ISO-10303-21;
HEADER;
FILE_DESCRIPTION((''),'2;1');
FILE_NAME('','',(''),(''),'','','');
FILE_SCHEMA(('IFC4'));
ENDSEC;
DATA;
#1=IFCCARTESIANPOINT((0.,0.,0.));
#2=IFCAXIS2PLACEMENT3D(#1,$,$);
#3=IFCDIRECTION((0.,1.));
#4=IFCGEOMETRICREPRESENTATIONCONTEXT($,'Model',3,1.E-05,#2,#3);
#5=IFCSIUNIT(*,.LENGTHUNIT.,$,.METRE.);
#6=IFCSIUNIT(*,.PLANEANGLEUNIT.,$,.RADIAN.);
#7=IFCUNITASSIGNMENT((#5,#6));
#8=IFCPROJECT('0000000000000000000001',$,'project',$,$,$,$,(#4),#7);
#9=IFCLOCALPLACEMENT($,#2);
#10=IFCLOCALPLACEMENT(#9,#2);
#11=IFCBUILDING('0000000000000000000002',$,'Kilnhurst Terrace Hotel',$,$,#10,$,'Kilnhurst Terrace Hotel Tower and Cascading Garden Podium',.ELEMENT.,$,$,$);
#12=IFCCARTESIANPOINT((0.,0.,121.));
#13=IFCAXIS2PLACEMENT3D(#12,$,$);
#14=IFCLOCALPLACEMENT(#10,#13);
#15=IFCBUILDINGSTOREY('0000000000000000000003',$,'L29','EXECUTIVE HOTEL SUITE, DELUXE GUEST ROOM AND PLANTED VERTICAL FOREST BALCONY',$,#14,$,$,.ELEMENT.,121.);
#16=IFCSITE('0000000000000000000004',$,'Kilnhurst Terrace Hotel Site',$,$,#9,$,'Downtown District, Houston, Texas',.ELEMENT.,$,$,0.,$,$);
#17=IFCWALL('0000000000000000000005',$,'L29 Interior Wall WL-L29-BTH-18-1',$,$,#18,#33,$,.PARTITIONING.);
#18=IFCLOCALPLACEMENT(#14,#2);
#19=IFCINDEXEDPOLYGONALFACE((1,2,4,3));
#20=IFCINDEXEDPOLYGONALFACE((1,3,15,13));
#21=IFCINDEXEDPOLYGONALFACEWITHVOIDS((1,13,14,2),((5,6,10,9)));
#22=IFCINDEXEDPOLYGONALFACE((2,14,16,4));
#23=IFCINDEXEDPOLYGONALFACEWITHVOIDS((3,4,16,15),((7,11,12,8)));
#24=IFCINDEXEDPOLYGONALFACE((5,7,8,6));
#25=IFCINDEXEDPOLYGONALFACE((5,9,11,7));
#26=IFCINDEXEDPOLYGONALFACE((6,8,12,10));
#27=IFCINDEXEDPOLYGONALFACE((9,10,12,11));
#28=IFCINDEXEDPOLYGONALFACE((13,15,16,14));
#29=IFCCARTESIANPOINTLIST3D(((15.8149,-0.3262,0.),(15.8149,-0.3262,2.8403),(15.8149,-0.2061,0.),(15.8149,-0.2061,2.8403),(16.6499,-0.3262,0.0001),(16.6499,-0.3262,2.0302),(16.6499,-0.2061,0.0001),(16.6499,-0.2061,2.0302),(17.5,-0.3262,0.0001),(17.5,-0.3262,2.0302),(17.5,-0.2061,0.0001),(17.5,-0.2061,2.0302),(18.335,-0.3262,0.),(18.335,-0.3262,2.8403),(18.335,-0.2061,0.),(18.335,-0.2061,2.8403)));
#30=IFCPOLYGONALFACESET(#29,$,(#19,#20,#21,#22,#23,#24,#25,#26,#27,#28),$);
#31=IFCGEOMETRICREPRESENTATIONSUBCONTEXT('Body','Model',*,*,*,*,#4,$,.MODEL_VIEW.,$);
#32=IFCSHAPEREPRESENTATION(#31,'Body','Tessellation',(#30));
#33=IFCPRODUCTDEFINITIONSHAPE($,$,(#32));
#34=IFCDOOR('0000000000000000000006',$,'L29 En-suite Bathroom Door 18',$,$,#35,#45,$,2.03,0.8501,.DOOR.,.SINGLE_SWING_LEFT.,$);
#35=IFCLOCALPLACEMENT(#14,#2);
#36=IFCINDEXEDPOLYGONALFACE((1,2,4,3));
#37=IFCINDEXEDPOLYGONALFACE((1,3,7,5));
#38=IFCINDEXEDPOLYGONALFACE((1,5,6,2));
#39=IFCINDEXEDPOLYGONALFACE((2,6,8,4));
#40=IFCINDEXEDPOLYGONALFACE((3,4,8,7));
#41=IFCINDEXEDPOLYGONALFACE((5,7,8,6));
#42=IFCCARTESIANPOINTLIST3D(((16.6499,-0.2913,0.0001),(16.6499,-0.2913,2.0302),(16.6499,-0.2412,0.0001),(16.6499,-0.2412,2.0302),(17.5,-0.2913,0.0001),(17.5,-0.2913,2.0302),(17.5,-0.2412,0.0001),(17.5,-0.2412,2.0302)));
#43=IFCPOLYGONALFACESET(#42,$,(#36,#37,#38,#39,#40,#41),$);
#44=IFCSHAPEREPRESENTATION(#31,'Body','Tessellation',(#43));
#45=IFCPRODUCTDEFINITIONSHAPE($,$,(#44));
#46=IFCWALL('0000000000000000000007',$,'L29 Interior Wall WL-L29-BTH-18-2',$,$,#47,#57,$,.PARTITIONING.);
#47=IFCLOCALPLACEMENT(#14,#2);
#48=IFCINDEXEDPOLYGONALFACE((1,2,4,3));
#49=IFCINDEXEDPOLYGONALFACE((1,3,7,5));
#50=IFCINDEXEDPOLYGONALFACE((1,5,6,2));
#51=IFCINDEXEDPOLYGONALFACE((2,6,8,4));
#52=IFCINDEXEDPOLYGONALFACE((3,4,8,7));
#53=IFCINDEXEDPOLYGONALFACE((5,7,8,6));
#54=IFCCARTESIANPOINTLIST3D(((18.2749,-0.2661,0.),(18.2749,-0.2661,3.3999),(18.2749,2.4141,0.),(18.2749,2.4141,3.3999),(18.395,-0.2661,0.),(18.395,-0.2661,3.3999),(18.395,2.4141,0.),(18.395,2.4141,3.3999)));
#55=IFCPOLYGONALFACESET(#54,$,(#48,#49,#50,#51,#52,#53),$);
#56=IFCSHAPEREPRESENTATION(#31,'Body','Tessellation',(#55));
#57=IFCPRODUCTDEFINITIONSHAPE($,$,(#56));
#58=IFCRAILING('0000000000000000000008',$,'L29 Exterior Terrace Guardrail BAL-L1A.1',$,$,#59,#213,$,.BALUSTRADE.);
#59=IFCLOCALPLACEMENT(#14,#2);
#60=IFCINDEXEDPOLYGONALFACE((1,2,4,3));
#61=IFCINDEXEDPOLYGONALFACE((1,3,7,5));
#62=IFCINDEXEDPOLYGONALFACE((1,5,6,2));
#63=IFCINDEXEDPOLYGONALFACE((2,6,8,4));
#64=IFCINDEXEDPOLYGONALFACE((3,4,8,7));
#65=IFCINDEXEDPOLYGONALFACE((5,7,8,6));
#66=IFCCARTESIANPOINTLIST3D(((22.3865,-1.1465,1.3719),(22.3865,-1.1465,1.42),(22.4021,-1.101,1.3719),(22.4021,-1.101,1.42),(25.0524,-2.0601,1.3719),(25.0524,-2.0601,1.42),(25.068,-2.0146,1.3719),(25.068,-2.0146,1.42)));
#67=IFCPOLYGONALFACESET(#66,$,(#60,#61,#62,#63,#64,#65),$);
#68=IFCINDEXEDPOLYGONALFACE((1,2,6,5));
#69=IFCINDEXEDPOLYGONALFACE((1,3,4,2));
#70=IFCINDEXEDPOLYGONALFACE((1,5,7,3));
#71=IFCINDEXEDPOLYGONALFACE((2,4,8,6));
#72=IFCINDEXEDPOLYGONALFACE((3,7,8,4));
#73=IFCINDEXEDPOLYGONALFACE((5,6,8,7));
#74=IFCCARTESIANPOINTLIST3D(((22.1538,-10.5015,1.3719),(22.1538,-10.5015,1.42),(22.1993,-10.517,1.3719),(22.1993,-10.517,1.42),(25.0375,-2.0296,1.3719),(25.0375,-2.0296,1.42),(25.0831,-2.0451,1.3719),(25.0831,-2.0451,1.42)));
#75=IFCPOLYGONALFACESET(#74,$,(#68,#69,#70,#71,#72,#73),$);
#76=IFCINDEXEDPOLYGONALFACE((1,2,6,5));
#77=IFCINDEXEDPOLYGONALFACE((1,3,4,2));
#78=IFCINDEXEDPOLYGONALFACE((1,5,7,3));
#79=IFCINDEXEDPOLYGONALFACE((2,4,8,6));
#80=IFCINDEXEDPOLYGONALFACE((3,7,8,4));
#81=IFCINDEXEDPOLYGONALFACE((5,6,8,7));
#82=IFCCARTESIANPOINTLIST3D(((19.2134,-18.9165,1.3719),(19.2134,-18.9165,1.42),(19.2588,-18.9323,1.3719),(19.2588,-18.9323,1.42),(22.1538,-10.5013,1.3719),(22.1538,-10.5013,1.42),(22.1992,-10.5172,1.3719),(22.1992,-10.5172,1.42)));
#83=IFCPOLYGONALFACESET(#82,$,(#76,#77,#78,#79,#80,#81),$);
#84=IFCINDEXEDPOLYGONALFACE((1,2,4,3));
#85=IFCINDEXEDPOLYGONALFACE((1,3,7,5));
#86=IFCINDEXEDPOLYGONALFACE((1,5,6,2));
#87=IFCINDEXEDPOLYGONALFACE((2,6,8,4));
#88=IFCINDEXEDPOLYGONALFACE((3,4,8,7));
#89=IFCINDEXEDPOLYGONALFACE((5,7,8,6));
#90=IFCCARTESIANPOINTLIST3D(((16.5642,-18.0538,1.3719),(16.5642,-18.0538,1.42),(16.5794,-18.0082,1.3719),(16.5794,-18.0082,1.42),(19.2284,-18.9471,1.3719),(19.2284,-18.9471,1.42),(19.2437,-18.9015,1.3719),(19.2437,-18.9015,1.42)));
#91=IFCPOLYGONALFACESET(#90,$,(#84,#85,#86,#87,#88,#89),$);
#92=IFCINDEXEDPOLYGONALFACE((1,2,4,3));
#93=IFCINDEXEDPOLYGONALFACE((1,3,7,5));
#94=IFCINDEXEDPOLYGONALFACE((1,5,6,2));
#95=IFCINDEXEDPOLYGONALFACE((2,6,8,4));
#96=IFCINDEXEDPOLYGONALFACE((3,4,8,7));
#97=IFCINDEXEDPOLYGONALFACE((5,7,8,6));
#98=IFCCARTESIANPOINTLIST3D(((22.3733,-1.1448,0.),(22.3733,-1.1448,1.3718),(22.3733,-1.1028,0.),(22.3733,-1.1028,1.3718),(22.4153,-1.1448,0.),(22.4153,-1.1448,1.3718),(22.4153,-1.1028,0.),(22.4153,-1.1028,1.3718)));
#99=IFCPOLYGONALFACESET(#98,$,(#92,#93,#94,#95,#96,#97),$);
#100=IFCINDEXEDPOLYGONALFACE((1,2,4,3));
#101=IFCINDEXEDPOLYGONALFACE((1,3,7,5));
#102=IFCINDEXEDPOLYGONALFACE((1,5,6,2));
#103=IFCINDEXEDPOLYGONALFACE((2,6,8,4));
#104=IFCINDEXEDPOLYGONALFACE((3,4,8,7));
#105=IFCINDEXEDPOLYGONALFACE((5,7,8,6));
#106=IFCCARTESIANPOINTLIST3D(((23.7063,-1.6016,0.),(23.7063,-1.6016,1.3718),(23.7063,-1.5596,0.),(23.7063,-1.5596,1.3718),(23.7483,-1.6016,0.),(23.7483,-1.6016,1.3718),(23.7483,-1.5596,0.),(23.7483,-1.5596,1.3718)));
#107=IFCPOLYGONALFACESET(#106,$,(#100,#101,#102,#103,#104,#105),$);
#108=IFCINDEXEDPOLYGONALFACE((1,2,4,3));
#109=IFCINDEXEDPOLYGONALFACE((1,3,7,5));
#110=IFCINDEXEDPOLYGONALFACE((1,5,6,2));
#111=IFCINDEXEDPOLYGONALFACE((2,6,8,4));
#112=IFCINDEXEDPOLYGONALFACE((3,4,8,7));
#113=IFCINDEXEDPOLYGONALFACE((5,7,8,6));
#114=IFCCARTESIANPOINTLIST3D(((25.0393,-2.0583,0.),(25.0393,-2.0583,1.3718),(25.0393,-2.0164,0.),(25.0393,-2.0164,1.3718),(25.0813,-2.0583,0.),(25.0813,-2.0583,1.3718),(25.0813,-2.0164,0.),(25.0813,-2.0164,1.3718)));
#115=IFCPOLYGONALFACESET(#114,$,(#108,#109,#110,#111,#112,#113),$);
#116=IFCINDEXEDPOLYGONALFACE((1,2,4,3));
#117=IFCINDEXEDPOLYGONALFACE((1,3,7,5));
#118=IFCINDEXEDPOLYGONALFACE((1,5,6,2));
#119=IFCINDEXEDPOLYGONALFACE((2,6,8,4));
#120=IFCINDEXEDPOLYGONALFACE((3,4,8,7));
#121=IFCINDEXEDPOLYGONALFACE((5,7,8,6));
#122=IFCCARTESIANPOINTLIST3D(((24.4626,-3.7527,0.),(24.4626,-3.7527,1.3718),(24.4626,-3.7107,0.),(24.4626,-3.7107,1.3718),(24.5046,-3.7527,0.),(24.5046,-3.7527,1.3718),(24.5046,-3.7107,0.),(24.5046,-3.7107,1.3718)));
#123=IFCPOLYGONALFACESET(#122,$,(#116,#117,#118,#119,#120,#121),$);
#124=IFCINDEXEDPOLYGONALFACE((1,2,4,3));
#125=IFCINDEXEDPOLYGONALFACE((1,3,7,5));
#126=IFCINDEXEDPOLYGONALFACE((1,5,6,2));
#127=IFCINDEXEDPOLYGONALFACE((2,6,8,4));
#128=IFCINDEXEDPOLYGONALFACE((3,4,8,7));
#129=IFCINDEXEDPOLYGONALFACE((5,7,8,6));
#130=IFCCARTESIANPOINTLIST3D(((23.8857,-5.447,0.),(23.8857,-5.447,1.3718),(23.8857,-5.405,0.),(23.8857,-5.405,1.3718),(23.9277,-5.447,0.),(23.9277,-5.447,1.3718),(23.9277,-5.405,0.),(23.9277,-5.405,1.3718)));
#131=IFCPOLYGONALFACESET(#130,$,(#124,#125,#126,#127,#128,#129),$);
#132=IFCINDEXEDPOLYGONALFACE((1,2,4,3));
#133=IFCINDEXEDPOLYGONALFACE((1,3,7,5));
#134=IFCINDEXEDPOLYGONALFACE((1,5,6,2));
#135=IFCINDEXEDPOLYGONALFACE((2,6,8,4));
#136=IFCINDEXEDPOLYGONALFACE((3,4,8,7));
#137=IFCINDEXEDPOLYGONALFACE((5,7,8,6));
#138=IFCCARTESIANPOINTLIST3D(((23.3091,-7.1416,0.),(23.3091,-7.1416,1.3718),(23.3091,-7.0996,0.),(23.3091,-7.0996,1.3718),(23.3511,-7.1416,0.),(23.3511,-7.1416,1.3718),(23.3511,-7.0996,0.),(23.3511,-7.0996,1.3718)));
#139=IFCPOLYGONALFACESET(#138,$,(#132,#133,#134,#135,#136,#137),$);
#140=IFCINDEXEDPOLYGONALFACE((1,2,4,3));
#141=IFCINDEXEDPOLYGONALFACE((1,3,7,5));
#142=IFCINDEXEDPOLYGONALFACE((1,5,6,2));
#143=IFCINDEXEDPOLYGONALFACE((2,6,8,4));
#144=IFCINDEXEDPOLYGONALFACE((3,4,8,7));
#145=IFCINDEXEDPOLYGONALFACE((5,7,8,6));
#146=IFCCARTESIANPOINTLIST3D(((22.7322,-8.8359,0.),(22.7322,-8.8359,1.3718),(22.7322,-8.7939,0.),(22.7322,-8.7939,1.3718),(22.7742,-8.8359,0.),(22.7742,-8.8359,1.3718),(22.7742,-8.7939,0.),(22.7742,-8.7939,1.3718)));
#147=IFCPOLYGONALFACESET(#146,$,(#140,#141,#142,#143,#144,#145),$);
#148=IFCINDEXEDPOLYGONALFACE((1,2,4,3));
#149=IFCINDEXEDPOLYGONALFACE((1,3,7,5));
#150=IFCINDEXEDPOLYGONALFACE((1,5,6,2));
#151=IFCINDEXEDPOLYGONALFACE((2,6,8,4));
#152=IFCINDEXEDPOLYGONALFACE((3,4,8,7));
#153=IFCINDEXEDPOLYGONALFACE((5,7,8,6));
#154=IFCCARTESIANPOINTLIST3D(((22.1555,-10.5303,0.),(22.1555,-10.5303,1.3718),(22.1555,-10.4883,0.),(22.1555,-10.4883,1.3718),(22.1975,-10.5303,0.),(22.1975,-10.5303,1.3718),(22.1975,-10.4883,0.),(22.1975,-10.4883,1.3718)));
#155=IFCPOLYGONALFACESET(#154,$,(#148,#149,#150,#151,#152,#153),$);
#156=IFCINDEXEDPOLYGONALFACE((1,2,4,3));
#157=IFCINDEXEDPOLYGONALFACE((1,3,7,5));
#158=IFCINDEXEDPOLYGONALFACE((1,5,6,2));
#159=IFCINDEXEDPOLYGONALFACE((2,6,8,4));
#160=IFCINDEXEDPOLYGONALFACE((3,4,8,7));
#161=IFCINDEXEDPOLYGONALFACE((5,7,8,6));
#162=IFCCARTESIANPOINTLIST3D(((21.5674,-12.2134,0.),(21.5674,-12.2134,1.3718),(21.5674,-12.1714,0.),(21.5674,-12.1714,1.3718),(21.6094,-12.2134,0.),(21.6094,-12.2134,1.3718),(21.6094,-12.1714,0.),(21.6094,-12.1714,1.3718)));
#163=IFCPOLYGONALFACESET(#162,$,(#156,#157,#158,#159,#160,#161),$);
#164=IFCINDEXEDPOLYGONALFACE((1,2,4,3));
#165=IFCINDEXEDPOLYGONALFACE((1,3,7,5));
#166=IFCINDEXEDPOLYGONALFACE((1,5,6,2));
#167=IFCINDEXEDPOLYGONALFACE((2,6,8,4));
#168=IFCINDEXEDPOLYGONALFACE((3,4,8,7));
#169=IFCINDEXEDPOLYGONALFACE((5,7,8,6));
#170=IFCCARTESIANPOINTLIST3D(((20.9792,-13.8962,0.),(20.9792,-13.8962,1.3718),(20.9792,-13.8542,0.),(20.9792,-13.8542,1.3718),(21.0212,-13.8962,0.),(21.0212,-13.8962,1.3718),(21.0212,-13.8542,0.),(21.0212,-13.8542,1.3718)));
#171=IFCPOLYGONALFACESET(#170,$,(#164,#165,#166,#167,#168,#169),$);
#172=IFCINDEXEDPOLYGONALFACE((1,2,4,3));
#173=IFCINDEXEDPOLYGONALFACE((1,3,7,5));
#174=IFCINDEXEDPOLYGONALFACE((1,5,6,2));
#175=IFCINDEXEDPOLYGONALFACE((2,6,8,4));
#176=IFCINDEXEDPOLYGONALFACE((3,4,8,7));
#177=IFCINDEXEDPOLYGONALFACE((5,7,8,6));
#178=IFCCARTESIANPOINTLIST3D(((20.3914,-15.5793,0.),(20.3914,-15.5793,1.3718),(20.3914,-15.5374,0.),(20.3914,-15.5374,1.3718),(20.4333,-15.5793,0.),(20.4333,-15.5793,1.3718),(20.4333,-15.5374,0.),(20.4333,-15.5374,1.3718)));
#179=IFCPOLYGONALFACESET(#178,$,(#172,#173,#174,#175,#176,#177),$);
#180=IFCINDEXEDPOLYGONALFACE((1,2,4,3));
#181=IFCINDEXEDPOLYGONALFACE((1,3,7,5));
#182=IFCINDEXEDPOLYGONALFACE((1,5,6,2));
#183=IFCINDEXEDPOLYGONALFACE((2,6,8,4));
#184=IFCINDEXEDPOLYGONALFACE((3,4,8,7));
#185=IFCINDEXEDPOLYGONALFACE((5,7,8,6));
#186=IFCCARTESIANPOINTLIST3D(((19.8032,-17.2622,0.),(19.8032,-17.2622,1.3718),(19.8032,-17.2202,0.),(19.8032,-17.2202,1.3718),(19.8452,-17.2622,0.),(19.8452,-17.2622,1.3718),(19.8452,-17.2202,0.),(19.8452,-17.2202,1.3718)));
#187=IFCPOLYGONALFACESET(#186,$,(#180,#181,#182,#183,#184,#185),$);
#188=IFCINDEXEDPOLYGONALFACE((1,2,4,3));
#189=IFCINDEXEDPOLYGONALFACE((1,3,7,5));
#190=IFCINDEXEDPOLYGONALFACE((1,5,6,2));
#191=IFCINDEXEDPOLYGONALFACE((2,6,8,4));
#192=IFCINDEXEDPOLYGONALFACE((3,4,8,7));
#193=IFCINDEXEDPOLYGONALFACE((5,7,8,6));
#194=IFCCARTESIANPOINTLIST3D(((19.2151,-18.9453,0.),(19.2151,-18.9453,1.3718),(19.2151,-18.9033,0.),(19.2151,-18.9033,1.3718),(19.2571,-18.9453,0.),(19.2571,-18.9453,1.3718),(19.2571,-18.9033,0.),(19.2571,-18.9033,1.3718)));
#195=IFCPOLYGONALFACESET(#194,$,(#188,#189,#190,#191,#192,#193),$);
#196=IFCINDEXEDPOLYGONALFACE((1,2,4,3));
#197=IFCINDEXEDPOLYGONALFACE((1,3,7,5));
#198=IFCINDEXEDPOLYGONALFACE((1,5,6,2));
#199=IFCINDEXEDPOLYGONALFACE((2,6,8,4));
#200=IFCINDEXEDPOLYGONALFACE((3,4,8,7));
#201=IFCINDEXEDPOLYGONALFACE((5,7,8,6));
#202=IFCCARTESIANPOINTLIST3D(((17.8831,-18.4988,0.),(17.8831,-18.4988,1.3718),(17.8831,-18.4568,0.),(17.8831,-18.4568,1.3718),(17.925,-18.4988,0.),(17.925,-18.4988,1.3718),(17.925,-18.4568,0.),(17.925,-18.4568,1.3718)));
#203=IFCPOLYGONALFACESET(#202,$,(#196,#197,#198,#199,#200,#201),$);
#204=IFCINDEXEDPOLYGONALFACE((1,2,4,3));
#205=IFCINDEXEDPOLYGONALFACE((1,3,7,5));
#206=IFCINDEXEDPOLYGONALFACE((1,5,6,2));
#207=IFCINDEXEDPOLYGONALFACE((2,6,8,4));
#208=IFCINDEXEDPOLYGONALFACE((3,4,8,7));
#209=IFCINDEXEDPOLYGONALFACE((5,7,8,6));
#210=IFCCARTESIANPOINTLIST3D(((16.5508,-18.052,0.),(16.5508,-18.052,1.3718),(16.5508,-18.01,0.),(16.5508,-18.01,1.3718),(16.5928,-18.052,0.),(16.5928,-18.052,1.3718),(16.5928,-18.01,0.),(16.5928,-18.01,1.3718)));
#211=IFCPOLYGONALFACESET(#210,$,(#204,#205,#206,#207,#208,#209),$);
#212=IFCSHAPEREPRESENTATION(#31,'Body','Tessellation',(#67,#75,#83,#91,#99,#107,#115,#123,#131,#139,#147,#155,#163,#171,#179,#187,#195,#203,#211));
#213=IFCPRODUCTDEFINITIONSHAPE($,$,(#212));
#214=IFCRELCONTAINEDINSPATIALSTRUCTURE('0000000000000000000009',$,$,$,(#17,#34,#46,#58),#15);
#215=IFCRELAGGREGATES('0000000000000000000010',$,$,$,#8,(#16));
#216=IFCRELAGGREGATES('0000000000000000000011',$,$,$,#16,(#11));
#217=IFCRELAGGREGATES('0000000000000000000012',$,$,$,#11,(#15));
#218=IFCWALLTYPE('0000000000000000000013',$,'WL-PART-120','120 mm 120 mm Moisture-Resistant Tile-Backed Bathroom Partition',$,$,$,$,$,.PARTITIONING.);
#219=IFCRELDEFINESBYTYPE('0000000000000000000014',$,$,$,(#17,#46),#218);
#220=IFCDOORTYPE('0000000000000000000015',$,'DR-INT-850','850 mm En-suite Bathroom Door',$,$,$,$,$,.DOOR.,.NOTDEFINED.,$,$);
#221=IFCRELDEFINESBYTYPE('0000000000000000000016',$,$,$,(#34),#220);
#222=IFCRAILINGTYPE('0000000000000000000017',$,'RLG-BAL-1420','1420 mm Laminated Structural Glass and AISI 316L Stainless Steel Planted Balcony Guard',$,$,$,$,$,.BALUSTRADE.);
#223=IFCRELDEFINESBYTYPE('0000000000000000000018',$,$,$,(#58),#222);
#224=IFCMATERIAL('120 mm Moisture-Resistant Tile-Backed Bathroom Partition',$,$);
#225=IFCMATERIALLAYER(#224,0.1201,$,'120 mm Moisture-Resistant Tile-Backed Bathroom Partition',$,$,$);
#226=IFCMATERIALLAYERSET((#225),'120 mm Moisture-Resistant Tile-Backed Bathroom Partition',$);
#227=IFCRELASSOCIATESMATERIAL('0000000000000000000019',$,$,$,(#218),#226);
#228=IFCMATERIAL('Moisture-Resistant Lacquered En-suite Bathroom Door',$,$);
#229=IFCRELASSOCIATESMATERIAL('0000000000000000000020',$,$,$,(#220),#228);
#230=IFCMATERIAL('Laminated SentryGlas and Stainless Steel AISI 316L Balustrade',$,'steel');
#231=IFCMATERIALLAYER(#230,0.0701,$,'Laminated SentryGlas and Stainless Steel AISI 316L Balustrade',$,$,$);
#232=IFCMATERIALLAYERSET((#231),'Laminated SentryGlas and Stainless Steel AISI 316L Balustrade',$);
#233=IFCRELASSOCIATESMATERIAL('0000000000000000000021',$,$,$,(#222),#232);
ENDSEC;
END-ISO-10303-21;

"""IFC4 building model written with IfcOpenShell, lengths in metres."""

from ifc_helpers import new_model, si_unit, direction, frame, frame_2d, origin, origin_2d, place, context, subcontext, project, spatial, rectangle, extrude, material, layer, layer_set, type_object, element, fill, save


model = new_model("IFC4")

# Units and contexts
model_context = context("Model", 3, precision=1e-05, world=origin(), true_north=direction((0.0, 1.0)))
body_context = subcontext(model_context, "Body", "Model", "MODEL_VIEW")
ifc_project = project(units=[si_unit("LENGTHUNIT", "METRE"), si_unit("PLANEANGLEUNIT", "RADIAN")], contexts=[model_context])

# Site, building, storey
site_placement = place(None, origin())
site = spatial("IfcSite", under=ifc_project, at=site_placement, Name="Kilnhurst Terrace Hotel Site", LongName="Downtown District, Houston, Texas", CompositionType="ELEMENT", RefElevation=0.0)
building_placement = place(site_placement, origin())
building = spatial("IfcBuilding", under=site, at=building_placement, Name="Kilnhurst Terrace Hotel", LongName="Kilnhurst Terrace Hotel Tower and Cascading Garden Podium", CompositionType="ELEMENT")
storey_placement = place(building_placement, frame((0.0, 0.0, 121.0)))
storey = spatial("IfcBuildingStorey", under=building, at=storey_placement, Name="L29", Description="EXECUTIVE HOTEL SUITE, DELUXE GUEST ROOM AND PLANTED VERTICAL FOREST BALCONY", CompositionType="ELEMENT", Elevation=121.0)

# Shared definitions
ifc_material_1 = material(Name="120 mm Moisture-Resistant Tile-Backed Bathroom Partition")
ifc_layer_1 = layer(ifc_material_1, 0.1201, Name="120 mm Moisture-Resistant Tile-Backed Bathroom Partition")
ifc_layer_set_1 = layer_set([ifc_layer_1], Name="120 mm Moisture-Resistant Tile-Backed Bathroom Partition")
wall_type_1 = type_object("IfcWallType", Name="WL-PART-120", Description="120 mm 120 mm Moisture-Resistant Tile-Backed Bathroom Partition", PredefinedType="PARTITIONING", material=ifc_layer_set_1)

# Wall, opening, door
wall_1_placement = place(storey_placement, frame((15.8149, -0.2661, 0.0), z_axis=(0.0, 0.0, 1.0), x_axis=(1.0, 0.0, 0.0)))
wall_1 = element("IfcWall", 1, at=wall_1_placement, inside=storey, type_object=wall_type_1, Name="L29 Interior Wall WL-L29-BTH-18-1", PredefinedType="PARTITIONING", context=body_context, shape_type="SweptSolid", body=[
    extrude(rectangle(XDim=2.52, YDim=0.1201, at=frame_2d((1.26, 0.0))), origin(), (0.0, 0.0, 1.0), 2.8403),
])
opening_1_placement = place(wall_1_placement, frame((0.835, 0.0, 0.0)))
opening_1 = element("IfcOpeningElement", 2, at=opening_1_placement, cuts=wall_1, PredefinedType="OPENING", context=body_context, shape_type="SweptSolid", body=[
    extrude(rectangle(XDim=0.8501, YDim=2.03, at=frame_2d((0.425, 1.0151))), frame((0.0, 0.0701, 0.0), z_axis=(0.0, -1.0, 0.0), x_axis=(1.0, 0.0, 0.0)), (0.0, 0.0, 1.0), 0.1401),
])
ifc_material_2 = material(Name="Moisture-Resistant Lacquered En-suite Bathroom Door")
door_type_1 = type_object("IfcDoorType", Name="DR-INT-850", Description="850 mm En-suite Bathroom Door", OperationType="NOTDEFINED", PredefinedType="DOOR", material=ifc_material_2)
door_1_placement = place(opening_1_placement, origin())
door_1 = element("IfcDoor", 3, at=door_1_placement, inside=storey, type_object=door_type_1, Name="L29 En-suite Bathroom Door 18", OperationType="SINGLE_SWING_LEFT", OverallHeight=2.03, OverallWidth=0.8501, PredefinedType="DOOR", context=body_context, shape_type="SweptSolid", body=[
    extrude(rectangle(XDim=0.8501, YDim=2.03, at=frame_2d((0.425, 1.0151))), frame((0.0, 0.0249, 0.0), z_axis=(0.0, -1.0, 0.0), x_axis=(1.0, 0.0, 0.0)), (0.0, 0.0, 1.0), 0.05),
])
fill(opening_1, door_1)

# Wall
wall_2_placement = place(storey_placement, frame((18.335, -0.2661, 0.0), z_axis=(0.0, 0.0, 1.0), x_axis=(0.0, 1.0, 0.0)))
element("IfcWall", 4, at=wall_2_placement, inside=storey, type_object=wall_type_1, Name="L29 Interior Wall WL-L29-BTH-18-2", PredefinedType="PARTITIONING", context=body_context, shape_type="SweptSolid", body=[
    extrude(rectangle(XDim=2.6802, YDim=0.1201, at=frame_2d((1.3401, 0.0))), origin(), (0.0, 0.0, 1.0), 3.3999),
])

# Railing
ifc_material_3 = material(Name="Laminated SentryGlas and Stainless Steel AISI 316L Balustrade", Category="steel")
ifc_layer_2 = layer(ifc_material_3, 0.0701, Name="Laminated SentryGlas and Stainless Steel AISI 316L Balustrade")
ifc_layer_set_2 = layer_set([ifc_layer_2], Name="Laminated SentryGlas and Stainless Steel AISI 316L Balustrade")
railing_type = type_object("IfcRailingType", Name="RLG-BAL-1420", Description="1420 mm Laminated Structural Glass and AISI 316L Stainless Steel Planted Balcony Guard", PredefinedType="BALUSTRADE", material=ifc_layer_set_2)
railing_placement = place(storey_placement, frame((22.3943, -1.1238, 0.0)))
element("IfcRailing", 5, at=railing_placement, inside=storey, type_object=railing_type, Name="L29 Exterior Terrace Guardrail BAL-L1A.1", PredefinedType="BALUSTRADE", context=body_context, shape_type="SweptSolid", body=[
    extrude(rectangle(XDim=0.0481, YDim=0.0481, at=origin_2d()), frame((0.0, 0.0, 1.396), z_axis=(0.945999, -0.324169, 0.0), x_axis=(0.324169, 0.945999, 0.0)), (0.0, 0.0, 1.0), 2.8181),
    extrude(rectangle(XDim=0.0481, YDim=0.0481, at=origin_2d()), frame((2.666, -0.9136, 1.396), z_axis=(-0.322237, -0.946659, 0.0), x_axis=(0.946659, -0.322237, 0.0)), (0.0, 0.0, 1.0), 8.9492),
    extrude(rectangle(XDim=0.0481, YDim=0.0481, at=origin_2d()), frame((-0.2178, -9.3855, 1.396), z_axis=(-0.329867, -0.944027, 0.0), x_axis=(0.944027, -0.329867, 0.0)), (0.0, 0.0, 1.0), 8.9141),
    extrude(rectangle(XDim=0.0481, YDim=0.0481, at=origin_2d()), frame((-3.1582, -17.8005, 1.396), z_axis=(-0.948126, 0.317895, 0.0), x_axis=(-0.317895, -0.948126, 0.0)), (0.0, 0.0, 1.0), 2.8101),
    extrude(rectangle(XDim=0.042, YDim=0.042, at=origin_2d()), origin(), (0.0, 0.0, 1.0), 1.3718),
    extrude(rectangle(XDim=0.042, YDim=0.042, at=origin_2d()), frame((1.333, -0.4568, 0.0)), (0.0, 0.0, 1.0), 1.3718),
    extrude(rectangle(XDim=0.042, YDim=0.042, at=origin_2d()), frame((2.666, -0.9136, 0.0)), (0.0, 0.0, 1.0), 1.3718),
    extrude(rectangle(XDim=0.042, YDim=0.042, at=origin_2d()), frame((2.0894, -2.6079, 0.0)), (0.0, 0.0, 1.0), 1.3718),
    extrude(rectangle(XDim=0.042, YDim=0.042, at=origin_2d()), frame((1.5125, -4.3022, 0.0)), (0.0, 0.0, 1.0), 1.3718),
    extrude(rectangle(XDim=0.042, YDim=0.042, at=origin_2d()), frame((0.9358, -5.9968, 0.0)), (0.0, 0.0, 1.0), 1.3718),
    extrude(rectangle(XDim=0.042, YDim=0.042, at=origin_2d()), frame((0.3589, -7.6912, 0.0)), (0.0, 0.0, 1.0), 1.3718),
    extrude(rectangle(XDim=0.042, YDim=0.042, at=origin_2d()), frame((-0.2178, -9.3855, 0.0)), (0.0, 0.0, 1.0), 1.3718),
    extrude(rectangle(XDim=0.042, YDim=0.042, at=origin_2d()), frame((-0.8059, -11.0686, 0.0)), (0.0, 0.0, 1.0), 1.3718),
    extrude(rectangle(XDim=0.042, YDim=0.042, at=origin_2d()), frame((-1.394, -12.7515, 0.0)), (0.0, 0.0, 1.0), 1.3718),
    extrude(rectangle(XDim=0.042, YDim=0.042, at=origin_2d()), frame((-1.9819, -14.4346, 0.0)), (0.0, 0.0, 1.0), 1.3718),
    extrude(rectangle(XDim=0.042, YDim=0.042, at=origin_2d()), frame((-2.5701, -16.1174, 0.0)), (0.0, 0.0, 1.0), 1.3718),
    extrude(rectangle(XDim=0.042, YDim=0.042, at=origin_2d()), frame((-3.1582, -17.8005, 0.0)), (0.0, 0.0, 1.0), 1.3718),
    extrude(rectangle(XDim=0.042, YDim=0.042, at=origin_2d()), frame((-4.4902, -17.354, 0.0)), (0.0, 0.0, 1.0), 1.3718),
    extrude(rectangle(XDim=0.042, YDim=0.042, at=origin_2d()), frame((-5.8225, -16.9072, 0.0)), (0.0, 0.0, 1.0), 1.3718),
])

save(model, "model.ifc")
